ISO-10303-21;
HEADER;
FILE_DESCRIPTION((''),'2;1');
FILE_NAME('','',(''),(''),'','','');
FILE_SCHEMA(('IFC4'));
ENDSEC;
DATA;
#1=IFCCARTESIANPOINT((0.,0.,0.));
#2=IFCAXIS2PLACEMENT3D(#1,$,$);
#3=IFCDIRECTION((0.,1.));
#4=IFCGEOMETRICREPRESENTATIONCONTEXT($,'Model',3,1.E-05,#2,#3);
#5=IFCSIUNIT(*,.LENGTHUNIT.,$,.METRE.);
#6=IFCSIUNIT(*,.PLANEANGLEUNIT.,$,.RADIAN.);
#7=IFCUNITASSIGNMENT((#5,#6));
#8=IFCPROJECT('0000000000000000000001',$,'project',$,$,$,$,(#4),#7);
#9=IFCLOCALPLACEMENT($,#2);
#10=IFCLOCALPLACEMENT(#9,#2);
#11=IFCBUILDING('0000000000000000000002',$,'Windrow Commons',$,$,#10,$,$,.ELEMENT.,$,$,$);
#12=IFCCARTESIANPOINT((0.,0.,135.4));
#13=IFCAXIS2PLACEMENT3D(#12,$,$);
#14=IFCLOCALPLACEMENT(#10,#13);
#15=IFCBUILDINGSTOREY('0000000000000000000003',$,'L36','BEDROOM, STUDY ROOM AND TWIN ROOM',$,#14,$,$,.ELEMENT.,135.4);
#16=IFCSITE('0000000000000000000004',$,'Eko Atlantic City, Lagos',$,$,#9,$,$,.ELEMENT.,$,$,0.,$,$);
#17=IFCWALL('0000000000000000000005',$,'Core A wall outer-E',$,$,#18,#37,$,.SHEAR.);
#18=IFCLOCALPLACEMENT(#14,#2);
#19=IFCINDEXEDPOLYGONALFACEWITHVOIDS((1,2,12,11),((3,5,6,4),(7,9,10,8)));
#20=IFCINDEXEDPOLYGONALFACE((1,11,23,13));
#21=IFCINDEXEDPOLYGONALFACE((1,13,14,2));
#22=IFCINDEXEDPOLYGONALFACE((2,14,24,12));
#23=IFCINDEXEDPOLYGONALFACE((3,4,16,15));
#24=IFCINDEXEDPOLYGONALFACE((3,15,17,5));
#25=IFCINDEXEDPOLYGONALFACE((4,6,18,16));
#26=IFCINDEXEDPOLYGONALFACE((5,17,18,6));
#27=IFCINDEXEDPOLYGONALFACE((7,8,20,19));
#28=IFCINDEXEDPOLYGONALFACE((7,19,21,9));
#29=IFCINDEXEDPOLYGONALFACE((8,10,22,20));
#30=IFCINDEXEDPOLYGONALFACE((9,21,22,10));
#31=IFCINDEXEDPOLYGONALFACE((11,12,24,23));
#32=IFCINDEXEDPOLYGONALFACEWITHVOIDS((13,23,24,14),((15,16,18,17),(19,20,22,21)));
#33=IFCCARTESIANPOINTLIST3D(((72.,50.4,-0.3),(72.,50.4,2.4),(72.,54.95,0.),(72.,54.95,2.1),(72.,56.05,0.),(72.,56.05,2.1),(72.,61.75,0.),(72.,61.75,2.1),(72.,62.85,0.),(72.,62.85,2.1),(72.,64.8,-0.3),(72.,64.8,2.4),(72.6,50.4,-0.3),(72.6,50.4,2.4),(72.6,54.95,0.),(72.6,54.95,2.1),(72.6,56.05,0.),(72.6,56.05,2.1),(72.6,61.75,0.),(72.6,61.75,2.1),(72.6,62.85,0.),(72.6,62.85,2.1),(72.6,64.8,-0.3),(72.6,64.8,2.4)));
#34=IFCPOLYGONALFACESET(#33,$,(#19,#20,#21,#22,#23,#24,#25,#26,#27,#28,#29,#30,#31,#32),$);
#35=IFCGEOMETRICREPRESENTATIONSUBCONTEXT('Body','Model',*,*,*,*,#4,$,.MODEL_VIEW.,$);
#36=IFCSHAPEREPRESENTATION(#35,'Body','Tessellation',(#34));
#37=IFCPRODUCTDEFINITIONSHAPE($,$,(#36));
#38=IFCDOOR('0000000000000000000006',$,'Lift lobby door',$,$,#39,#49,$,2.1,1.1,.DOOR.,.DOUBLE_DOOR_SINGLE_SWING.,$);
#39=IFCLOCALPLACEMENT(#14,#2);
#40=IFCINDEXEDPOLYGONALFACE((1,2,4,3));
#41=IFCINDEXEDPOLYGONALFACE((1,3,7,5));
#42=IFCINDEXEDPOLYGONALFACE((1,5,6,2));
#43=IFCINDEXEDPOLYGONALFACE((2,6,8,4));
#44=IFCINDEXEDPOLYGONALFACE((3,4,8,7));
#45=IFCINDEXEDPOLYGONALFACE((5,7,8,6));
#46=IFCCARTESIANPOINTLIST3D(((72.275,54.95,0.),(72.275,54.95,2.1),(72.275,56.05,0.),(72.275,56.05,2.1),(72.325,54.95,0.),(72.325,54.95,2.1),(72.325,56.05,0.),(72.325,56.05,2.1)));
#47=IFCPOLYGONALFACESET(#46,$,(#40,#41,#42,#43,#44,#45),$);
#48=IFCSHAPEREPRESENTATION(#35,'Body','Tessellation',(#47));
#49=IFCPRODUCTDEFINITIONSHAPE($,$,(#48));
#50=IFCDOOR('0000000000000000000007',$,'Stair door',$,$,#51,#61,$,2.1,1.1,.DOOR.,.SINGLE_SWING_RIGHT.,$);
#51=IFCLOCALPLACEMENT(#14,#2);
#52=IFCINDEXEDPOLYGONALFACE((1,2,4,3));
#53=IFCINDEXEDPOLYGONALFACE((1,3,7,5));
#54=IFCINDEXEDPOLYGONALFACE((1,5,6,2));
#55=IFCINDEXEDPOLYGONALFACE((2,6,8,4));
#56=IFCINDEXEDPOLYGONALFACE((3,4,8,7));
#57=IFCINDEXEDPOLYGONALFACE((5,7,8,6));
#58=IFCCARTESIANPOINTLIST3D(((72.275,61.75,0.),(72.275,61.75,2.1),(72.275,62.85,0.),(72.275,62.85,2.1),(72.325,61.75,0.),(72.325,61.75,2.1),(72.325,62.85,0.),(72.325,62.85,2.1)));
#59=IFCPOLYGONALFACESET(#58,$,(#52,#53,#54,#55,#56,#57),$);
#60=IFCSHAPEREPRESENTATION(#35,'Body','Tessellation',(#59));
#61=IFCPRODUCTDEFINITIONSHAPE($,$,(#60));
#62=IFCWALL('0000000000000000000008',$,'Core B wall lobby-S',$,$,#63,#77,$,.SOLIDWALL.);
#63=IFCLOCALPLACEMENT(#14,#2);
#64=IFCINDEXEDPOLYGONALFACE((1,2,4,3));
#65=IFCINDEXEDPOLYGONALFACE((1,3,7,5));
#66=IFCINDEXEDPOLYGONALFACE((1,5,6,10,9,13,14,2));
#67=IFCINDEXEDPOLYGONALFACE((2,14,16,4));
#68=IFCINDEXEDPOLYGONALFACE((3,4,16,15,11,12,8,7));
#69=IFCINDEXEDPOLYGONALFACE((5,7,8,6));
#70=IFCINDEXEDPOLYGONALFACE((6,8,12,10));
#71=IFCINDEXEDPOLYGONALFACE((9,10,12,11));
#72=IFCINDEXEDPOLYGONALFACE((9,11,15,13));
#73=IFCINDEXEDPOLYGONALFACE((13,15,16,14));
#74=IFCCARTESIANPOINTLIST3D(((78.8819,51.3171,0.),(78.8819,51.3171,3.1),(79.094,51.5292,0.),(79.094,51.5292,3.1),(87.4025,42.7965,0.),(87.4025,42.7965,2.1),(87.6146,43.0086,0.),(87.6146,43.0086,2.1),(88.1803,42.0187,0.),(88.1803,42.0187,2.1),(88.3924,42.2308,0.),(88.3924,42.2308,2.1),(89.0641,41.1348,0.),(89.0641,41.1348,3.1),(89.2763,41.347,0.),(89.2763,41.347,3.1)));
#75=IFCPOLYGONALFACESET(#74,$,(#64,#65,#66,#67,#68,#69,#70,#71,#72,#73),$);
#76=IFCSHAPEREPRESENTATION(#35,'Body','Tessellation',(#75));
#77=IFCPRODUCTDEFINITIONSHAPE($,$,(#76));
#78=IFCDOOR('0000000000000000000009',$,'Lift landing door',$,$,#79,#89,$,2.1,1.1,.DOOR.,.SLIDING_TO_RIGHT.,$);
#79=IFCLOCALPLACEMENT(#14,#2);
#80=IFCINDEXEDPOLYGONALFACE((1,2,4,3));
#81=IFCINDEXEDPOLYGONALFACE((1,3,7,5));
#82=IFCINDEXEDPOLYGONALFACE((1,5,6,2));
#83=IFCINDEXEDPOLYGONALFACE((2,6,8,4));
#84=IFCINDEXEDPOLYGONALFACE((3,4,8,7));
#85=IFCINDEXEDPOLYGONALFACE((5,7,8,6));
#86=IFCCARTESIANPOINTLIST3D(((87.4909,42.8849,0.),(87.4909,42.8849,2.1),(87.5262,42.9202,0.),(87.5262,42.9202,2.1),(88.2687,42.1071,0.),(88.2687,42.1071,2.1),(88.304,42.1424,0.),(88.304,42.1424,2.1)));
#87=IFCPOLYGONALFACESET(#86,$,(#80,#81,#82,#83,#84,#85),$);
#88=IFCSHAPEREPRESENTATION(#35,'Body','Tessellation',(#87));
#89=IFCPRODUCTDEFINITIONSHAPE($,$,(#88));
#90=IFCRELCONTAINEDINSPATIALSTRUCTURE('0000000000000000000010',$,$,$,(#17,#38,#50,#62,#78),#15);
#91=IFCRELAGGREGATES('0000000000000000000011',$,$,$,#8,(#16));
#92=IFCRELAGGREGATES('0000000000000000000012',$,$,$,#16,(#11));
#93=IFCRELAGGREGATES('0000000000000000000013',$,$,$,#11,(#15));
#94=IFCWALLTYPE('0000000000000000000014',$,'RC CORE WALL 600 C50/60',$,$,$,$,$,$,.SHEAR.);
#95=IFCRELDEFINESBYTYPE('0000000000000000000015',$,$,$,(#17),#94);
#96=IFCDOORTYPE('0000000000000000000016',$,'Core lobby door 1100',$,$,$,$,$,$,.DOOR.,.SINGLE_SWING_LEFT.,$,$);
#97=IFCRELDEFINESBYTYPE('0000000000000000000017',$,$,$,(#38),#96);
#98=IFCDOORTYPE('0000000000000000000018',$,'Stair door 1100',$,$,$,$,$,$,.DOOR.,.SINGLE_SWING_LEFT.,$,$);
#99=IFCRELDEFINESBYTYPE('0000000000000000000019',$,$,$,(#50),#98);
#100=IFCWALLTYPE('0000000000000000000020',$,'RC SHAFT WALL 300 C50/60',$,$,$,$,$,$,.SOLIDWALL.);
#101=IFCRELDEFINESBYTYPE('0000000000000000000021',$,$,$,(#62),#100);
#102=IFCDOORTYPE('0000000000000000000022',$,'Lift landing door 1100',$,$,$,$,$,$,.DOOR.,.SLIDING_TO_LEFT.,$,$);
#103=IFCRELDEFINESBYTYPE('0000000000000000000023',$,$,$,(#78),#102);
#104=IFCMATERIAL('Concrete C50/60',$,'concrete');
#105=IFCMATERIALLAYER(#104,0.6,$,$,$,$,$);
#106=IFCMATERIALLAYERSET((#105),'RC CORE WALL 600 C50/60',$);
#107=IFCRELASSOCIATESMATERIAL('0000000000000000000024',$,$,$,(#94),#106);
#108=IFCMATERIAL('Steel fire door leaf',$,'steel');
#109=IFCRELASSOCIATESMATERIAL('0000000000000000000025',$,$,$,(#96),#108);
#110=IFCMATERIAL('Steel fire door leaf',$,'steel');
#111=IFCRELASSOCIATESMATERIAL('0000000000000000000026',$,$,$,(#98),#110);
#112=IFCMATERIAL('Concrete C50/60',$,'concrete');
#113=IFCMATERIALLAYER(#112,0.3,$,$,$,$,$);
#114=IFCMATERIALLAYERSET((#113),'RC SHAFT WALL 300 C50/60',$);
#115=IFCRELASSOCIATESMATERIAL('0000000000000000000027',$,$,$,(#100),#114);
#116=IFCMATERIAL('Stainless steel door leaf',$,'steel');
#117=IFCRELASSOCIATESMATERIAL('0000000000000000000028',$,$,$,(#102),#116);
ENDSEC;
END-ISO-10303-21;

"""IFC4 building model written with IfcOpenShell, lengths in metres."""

from ifc_helpers import new_model, si_unit, direction, frame, frame_2d, origin, place, context, subcontext, project, spatial, rectangle, extrude, material, layer, layer_set, type_object, element, fill, save


model = new_model("IFC4")

# Units and contexts
model_context = context("Model", 3, precision=1e-05, world=origin(), true_north=direction((0.0, 1.0)))
body_context = subcontext(model_context, "Body", "Model", "MODEL_VIEW")
ifc_project = project(units=[si_unit("LENGTHUNIT", "METRE"), si_unit("PLANEANGLEUNIT", "RADIAN")], contexts=[model_context])

# Site, building, storey
site_placement = place(None, origin())
site = spatial("IfcSite", under=ifc_project, at=site_placement, Name="Eko Atlantic City, Lagos", CompositionType="ELEMENT", RefElevation=0.0)
building_placement = place(site_placement, origin())
building = spatial("IfcBuilding", under=site, at=building_placement, Name="Windrow Commons", CompositionType="ELEMENT")
storey_placement = place(building_placement, frame((0.0, 0.0, 135.4)))
storey = spatial("IfcBuildingStorey", under=building, at=storey_placement, Name="L36", Description="BEDROOM, STUDY ROOM AND TWIN ROOM", CompositionType="ELEMENT", Elevation=135.4)

# Wall, openings, doors
ifc_material_1 = material(Name="Concrete C50/60", Category="concrete")
ifc_layer_1 = layer(ifc_material_1, 0.6)
ifc_layer_set_1 = layer_set([ifc_layer_1], Name="RC CORE WALL 600 C50/60")
wall_type_1 = type_object("IfcWallType", Name="RC CORE WALL 600 C50/60", PredefinedType="SHEAR", material=ifc_layer_set_1)
wall_1_placement = place(storey_placement, frame((72.3, 50.4, -0.3), z_axis=(0.0, 0.0, 1.0), x_axis=(0.0, 1.0, 0.0)))
wall_1 = element("IfcWall", 1, at=wall_1_placement, inside=storey, type_object=wall_type_1, Name="Core A wall outer-E", PredefinedType="SHEAR", context=body_context, shape_type="SweptSolid", body=[
    extrude(rectangle(XDim=14.4, YDim=0.6, at=frame_2d((7.2, 0.0))), origin(), (0.0, 0.0, 1.0), 2.7),
])
opening_1_placement = place(wall_1_placement, frame((4.55, 0.0, 0.3)))
opening_1 = element("IfcOpeningElement", 2, at=opening_1_placement, cuts=wall_1, PredefinedType="OPENING", context=body_context, shape_type="SweptSolid", body=[
    extrude(rectangle(XDim=1.1, YDim=2.1, at=frame_2d((0.55, 1.05))), frame((0.0, 0.31, 0.0), z_axis=(0.0, -1.0, 0.0), x_axis=(1.0, 0.0, 0.0)), (0.0, 0.0, 1.0), 0.62),
])
opening_2_placement = place(wall_1_placement, frame((11.35, 0.0, 0.3)))
opening_2 = element("IfcOpeningElement", 3, at=opening_2_placement, cuts=wall_1, PredefinedType="OPENING", context=body_context, shape_type="SweptSolid", body=[
    extrude(rectangle(XDim=1.1, YDim=2.1, at=frame_2d((0.55, 1.05))), frame((0.0, 0.31, 0.0), z_axis=(0.0, -1.0, 0.0), x_axis=(1.0, 0.0, 0.0)), (0.0, 0.0, 1.0), 0.62),
])
ifc_material_2 = material(Name="Steel fire door leaf", Category="steel")
door_type_1 = type_object("IfcDoorType", Name="Core lobby door 1100", OperationType="SINGLE_SWING_LEFT", PredefinedType="DOOR", material=ifc_material_2)
door_1_placement = place(opening_1_placement, origin())
door_1 = element("IfcDoor", 4, at=door_1_placement, inside=storey, type_object=door_type_1, Name="Lift lobby door", OperationType="DOUBLE_DOOR_SINGLE_SWING", OverallHeight=2.1, OverallWidth=1.1, PredefinedType="DOOR", context=body_context, shape_type="SweptSolid", body=[
    extrude(rectangle(XDim=1.1, YDim=2.1, at=frame_2d((0.55, 1.05))), frame((0.0, 0.025, 0.0), z_axis=(0.0, -1.0, 0.0), x_axis=(1.0, 0.0, 0.0)), (0.0, 0.0, 1.0), 0.05),
])
fill(opening_1, door_1)
ifc_material_3 = material(Name="Steel fire door leaf", Category="steel")
door_type_2 = type_object("IfcDoorType", Name="Stair door 1100", OperationType="SINGLE_SWING_LEFT", PredefinedType="DOOR", material=ifc_material_3)
door_2_placement = place(opening_2_placement, origin())
door_2 = element("IfcDoor", 5, at=door_2_placement, inside=storey, type_object=door_type_2, Name="Stair door", OperationType="SINGLE_SWING_RIGHT", OverallHeight=2.1, OverallWidth=1.1, PredefinedType="DOOR", context=body_context, shape_type="SweptSolid", body=[
    extrude(rectangle(XDim=1.1, YDim=2.1, at=frame_2d((0.55, 1.05))), frame((0.0, 0.025, 0.0), z_axis=(0.0, -1.0, 0.0), x_axis=(1.0, 0.0, 0.0)), (0.0, 0.0, 1.0), 0.05),
])
fill(opening_2, door_2)

# Wall, opening, door
ifc_material_4 = material(Name="Concrete C50/60", Category="concrete")
ifc_layer_2 = layer(ifc_material_4, 0.3)
ifc_layer_set_2 = layer_set([ifc_layer_2], Name="RC SHAFT WALL 300 C50/60")
wall_type_2 = type_object("IfcWallType", Name="RC SHAFT WALL 300 C50/60", PredefinedType="SOLIDWALL", material=ifc_layer_set_2)
wall_2_placement = place(storey_placement, frame((78.9879, 51.4232, 0.0), z_axis=(0.0, 0.0, 1.0), x_axis=(0.707107, -0.707107, 0.0)))
wall_2 = element("IfcWall", 6, at=wall_2_placement, inside=storey, type_object=wall_type_2, Name="Core B wall lobby-S", PredefinedType="SOLIDWALL", context=body_context, shape_type="SweptSolid", body=[
    extrude(rectangle(XDim=14.3999, YDim=0.3, at=frame_2d((7.2, 0.0))), origin(), (0.0, 0.0, 1.0), 3.1),
])
opening_3_placement = place(wall_2_placement, frame((12.05, 0.0, 0.0)))
opening_3 = element("IfcOpeningElement", 7, at=opening_3_placement, cuts=wall_2, PredefinedType="OPENING", context=body_context, shape_type="SweptSolid", body=[
    extrude(rectangle(XDim=1.1, YDim=2.1, at=frame_2d((0.55, 1.05))), frame((0.0, 0.16, 0.0), z_axis=(0.0, -1.0, 0.0), x_axis=(1.0, 0.0, 0.0)), (0.0, 0.0, 1.0), 0.32),
])
ifc_material_5 = material(Name="Stainless steel door leaf", Category="steel")
door_type_3 = type_object("IfcDoorType", Name="Lift landing door 1100", OperationType="SLIDING_TO_LEFT", PredefinedType="DOOR", material=ifc_material_5)
door_3_placement = place(opening_3_placement, origin())
door_3 = element("IfcDoor", 8, at=door_3_placement, inside=storey, type_object=door_type_3, Name="Lift landing door", OperationType="SLIDING_TO_RIGHT", OverallHeight=2.1, OverallWidth=1.1, PredefinedType="DOOR", context=body_context, shape_type="SweptSolid", body=[
    extrude(rectangle(XDim=1.1, YDim=2.1, at=frame_2d((0.55, 1.05))), frame((0.0, 0.025, 0.0), z_axis=(0.0, -1.0, 0.0), x_axis=(1.0, 0.0, 0.0)), (0.0, 0.0, 1.0), 0.05),
])
fill(opening_3, door_3)

save(model, "model.ifc")
